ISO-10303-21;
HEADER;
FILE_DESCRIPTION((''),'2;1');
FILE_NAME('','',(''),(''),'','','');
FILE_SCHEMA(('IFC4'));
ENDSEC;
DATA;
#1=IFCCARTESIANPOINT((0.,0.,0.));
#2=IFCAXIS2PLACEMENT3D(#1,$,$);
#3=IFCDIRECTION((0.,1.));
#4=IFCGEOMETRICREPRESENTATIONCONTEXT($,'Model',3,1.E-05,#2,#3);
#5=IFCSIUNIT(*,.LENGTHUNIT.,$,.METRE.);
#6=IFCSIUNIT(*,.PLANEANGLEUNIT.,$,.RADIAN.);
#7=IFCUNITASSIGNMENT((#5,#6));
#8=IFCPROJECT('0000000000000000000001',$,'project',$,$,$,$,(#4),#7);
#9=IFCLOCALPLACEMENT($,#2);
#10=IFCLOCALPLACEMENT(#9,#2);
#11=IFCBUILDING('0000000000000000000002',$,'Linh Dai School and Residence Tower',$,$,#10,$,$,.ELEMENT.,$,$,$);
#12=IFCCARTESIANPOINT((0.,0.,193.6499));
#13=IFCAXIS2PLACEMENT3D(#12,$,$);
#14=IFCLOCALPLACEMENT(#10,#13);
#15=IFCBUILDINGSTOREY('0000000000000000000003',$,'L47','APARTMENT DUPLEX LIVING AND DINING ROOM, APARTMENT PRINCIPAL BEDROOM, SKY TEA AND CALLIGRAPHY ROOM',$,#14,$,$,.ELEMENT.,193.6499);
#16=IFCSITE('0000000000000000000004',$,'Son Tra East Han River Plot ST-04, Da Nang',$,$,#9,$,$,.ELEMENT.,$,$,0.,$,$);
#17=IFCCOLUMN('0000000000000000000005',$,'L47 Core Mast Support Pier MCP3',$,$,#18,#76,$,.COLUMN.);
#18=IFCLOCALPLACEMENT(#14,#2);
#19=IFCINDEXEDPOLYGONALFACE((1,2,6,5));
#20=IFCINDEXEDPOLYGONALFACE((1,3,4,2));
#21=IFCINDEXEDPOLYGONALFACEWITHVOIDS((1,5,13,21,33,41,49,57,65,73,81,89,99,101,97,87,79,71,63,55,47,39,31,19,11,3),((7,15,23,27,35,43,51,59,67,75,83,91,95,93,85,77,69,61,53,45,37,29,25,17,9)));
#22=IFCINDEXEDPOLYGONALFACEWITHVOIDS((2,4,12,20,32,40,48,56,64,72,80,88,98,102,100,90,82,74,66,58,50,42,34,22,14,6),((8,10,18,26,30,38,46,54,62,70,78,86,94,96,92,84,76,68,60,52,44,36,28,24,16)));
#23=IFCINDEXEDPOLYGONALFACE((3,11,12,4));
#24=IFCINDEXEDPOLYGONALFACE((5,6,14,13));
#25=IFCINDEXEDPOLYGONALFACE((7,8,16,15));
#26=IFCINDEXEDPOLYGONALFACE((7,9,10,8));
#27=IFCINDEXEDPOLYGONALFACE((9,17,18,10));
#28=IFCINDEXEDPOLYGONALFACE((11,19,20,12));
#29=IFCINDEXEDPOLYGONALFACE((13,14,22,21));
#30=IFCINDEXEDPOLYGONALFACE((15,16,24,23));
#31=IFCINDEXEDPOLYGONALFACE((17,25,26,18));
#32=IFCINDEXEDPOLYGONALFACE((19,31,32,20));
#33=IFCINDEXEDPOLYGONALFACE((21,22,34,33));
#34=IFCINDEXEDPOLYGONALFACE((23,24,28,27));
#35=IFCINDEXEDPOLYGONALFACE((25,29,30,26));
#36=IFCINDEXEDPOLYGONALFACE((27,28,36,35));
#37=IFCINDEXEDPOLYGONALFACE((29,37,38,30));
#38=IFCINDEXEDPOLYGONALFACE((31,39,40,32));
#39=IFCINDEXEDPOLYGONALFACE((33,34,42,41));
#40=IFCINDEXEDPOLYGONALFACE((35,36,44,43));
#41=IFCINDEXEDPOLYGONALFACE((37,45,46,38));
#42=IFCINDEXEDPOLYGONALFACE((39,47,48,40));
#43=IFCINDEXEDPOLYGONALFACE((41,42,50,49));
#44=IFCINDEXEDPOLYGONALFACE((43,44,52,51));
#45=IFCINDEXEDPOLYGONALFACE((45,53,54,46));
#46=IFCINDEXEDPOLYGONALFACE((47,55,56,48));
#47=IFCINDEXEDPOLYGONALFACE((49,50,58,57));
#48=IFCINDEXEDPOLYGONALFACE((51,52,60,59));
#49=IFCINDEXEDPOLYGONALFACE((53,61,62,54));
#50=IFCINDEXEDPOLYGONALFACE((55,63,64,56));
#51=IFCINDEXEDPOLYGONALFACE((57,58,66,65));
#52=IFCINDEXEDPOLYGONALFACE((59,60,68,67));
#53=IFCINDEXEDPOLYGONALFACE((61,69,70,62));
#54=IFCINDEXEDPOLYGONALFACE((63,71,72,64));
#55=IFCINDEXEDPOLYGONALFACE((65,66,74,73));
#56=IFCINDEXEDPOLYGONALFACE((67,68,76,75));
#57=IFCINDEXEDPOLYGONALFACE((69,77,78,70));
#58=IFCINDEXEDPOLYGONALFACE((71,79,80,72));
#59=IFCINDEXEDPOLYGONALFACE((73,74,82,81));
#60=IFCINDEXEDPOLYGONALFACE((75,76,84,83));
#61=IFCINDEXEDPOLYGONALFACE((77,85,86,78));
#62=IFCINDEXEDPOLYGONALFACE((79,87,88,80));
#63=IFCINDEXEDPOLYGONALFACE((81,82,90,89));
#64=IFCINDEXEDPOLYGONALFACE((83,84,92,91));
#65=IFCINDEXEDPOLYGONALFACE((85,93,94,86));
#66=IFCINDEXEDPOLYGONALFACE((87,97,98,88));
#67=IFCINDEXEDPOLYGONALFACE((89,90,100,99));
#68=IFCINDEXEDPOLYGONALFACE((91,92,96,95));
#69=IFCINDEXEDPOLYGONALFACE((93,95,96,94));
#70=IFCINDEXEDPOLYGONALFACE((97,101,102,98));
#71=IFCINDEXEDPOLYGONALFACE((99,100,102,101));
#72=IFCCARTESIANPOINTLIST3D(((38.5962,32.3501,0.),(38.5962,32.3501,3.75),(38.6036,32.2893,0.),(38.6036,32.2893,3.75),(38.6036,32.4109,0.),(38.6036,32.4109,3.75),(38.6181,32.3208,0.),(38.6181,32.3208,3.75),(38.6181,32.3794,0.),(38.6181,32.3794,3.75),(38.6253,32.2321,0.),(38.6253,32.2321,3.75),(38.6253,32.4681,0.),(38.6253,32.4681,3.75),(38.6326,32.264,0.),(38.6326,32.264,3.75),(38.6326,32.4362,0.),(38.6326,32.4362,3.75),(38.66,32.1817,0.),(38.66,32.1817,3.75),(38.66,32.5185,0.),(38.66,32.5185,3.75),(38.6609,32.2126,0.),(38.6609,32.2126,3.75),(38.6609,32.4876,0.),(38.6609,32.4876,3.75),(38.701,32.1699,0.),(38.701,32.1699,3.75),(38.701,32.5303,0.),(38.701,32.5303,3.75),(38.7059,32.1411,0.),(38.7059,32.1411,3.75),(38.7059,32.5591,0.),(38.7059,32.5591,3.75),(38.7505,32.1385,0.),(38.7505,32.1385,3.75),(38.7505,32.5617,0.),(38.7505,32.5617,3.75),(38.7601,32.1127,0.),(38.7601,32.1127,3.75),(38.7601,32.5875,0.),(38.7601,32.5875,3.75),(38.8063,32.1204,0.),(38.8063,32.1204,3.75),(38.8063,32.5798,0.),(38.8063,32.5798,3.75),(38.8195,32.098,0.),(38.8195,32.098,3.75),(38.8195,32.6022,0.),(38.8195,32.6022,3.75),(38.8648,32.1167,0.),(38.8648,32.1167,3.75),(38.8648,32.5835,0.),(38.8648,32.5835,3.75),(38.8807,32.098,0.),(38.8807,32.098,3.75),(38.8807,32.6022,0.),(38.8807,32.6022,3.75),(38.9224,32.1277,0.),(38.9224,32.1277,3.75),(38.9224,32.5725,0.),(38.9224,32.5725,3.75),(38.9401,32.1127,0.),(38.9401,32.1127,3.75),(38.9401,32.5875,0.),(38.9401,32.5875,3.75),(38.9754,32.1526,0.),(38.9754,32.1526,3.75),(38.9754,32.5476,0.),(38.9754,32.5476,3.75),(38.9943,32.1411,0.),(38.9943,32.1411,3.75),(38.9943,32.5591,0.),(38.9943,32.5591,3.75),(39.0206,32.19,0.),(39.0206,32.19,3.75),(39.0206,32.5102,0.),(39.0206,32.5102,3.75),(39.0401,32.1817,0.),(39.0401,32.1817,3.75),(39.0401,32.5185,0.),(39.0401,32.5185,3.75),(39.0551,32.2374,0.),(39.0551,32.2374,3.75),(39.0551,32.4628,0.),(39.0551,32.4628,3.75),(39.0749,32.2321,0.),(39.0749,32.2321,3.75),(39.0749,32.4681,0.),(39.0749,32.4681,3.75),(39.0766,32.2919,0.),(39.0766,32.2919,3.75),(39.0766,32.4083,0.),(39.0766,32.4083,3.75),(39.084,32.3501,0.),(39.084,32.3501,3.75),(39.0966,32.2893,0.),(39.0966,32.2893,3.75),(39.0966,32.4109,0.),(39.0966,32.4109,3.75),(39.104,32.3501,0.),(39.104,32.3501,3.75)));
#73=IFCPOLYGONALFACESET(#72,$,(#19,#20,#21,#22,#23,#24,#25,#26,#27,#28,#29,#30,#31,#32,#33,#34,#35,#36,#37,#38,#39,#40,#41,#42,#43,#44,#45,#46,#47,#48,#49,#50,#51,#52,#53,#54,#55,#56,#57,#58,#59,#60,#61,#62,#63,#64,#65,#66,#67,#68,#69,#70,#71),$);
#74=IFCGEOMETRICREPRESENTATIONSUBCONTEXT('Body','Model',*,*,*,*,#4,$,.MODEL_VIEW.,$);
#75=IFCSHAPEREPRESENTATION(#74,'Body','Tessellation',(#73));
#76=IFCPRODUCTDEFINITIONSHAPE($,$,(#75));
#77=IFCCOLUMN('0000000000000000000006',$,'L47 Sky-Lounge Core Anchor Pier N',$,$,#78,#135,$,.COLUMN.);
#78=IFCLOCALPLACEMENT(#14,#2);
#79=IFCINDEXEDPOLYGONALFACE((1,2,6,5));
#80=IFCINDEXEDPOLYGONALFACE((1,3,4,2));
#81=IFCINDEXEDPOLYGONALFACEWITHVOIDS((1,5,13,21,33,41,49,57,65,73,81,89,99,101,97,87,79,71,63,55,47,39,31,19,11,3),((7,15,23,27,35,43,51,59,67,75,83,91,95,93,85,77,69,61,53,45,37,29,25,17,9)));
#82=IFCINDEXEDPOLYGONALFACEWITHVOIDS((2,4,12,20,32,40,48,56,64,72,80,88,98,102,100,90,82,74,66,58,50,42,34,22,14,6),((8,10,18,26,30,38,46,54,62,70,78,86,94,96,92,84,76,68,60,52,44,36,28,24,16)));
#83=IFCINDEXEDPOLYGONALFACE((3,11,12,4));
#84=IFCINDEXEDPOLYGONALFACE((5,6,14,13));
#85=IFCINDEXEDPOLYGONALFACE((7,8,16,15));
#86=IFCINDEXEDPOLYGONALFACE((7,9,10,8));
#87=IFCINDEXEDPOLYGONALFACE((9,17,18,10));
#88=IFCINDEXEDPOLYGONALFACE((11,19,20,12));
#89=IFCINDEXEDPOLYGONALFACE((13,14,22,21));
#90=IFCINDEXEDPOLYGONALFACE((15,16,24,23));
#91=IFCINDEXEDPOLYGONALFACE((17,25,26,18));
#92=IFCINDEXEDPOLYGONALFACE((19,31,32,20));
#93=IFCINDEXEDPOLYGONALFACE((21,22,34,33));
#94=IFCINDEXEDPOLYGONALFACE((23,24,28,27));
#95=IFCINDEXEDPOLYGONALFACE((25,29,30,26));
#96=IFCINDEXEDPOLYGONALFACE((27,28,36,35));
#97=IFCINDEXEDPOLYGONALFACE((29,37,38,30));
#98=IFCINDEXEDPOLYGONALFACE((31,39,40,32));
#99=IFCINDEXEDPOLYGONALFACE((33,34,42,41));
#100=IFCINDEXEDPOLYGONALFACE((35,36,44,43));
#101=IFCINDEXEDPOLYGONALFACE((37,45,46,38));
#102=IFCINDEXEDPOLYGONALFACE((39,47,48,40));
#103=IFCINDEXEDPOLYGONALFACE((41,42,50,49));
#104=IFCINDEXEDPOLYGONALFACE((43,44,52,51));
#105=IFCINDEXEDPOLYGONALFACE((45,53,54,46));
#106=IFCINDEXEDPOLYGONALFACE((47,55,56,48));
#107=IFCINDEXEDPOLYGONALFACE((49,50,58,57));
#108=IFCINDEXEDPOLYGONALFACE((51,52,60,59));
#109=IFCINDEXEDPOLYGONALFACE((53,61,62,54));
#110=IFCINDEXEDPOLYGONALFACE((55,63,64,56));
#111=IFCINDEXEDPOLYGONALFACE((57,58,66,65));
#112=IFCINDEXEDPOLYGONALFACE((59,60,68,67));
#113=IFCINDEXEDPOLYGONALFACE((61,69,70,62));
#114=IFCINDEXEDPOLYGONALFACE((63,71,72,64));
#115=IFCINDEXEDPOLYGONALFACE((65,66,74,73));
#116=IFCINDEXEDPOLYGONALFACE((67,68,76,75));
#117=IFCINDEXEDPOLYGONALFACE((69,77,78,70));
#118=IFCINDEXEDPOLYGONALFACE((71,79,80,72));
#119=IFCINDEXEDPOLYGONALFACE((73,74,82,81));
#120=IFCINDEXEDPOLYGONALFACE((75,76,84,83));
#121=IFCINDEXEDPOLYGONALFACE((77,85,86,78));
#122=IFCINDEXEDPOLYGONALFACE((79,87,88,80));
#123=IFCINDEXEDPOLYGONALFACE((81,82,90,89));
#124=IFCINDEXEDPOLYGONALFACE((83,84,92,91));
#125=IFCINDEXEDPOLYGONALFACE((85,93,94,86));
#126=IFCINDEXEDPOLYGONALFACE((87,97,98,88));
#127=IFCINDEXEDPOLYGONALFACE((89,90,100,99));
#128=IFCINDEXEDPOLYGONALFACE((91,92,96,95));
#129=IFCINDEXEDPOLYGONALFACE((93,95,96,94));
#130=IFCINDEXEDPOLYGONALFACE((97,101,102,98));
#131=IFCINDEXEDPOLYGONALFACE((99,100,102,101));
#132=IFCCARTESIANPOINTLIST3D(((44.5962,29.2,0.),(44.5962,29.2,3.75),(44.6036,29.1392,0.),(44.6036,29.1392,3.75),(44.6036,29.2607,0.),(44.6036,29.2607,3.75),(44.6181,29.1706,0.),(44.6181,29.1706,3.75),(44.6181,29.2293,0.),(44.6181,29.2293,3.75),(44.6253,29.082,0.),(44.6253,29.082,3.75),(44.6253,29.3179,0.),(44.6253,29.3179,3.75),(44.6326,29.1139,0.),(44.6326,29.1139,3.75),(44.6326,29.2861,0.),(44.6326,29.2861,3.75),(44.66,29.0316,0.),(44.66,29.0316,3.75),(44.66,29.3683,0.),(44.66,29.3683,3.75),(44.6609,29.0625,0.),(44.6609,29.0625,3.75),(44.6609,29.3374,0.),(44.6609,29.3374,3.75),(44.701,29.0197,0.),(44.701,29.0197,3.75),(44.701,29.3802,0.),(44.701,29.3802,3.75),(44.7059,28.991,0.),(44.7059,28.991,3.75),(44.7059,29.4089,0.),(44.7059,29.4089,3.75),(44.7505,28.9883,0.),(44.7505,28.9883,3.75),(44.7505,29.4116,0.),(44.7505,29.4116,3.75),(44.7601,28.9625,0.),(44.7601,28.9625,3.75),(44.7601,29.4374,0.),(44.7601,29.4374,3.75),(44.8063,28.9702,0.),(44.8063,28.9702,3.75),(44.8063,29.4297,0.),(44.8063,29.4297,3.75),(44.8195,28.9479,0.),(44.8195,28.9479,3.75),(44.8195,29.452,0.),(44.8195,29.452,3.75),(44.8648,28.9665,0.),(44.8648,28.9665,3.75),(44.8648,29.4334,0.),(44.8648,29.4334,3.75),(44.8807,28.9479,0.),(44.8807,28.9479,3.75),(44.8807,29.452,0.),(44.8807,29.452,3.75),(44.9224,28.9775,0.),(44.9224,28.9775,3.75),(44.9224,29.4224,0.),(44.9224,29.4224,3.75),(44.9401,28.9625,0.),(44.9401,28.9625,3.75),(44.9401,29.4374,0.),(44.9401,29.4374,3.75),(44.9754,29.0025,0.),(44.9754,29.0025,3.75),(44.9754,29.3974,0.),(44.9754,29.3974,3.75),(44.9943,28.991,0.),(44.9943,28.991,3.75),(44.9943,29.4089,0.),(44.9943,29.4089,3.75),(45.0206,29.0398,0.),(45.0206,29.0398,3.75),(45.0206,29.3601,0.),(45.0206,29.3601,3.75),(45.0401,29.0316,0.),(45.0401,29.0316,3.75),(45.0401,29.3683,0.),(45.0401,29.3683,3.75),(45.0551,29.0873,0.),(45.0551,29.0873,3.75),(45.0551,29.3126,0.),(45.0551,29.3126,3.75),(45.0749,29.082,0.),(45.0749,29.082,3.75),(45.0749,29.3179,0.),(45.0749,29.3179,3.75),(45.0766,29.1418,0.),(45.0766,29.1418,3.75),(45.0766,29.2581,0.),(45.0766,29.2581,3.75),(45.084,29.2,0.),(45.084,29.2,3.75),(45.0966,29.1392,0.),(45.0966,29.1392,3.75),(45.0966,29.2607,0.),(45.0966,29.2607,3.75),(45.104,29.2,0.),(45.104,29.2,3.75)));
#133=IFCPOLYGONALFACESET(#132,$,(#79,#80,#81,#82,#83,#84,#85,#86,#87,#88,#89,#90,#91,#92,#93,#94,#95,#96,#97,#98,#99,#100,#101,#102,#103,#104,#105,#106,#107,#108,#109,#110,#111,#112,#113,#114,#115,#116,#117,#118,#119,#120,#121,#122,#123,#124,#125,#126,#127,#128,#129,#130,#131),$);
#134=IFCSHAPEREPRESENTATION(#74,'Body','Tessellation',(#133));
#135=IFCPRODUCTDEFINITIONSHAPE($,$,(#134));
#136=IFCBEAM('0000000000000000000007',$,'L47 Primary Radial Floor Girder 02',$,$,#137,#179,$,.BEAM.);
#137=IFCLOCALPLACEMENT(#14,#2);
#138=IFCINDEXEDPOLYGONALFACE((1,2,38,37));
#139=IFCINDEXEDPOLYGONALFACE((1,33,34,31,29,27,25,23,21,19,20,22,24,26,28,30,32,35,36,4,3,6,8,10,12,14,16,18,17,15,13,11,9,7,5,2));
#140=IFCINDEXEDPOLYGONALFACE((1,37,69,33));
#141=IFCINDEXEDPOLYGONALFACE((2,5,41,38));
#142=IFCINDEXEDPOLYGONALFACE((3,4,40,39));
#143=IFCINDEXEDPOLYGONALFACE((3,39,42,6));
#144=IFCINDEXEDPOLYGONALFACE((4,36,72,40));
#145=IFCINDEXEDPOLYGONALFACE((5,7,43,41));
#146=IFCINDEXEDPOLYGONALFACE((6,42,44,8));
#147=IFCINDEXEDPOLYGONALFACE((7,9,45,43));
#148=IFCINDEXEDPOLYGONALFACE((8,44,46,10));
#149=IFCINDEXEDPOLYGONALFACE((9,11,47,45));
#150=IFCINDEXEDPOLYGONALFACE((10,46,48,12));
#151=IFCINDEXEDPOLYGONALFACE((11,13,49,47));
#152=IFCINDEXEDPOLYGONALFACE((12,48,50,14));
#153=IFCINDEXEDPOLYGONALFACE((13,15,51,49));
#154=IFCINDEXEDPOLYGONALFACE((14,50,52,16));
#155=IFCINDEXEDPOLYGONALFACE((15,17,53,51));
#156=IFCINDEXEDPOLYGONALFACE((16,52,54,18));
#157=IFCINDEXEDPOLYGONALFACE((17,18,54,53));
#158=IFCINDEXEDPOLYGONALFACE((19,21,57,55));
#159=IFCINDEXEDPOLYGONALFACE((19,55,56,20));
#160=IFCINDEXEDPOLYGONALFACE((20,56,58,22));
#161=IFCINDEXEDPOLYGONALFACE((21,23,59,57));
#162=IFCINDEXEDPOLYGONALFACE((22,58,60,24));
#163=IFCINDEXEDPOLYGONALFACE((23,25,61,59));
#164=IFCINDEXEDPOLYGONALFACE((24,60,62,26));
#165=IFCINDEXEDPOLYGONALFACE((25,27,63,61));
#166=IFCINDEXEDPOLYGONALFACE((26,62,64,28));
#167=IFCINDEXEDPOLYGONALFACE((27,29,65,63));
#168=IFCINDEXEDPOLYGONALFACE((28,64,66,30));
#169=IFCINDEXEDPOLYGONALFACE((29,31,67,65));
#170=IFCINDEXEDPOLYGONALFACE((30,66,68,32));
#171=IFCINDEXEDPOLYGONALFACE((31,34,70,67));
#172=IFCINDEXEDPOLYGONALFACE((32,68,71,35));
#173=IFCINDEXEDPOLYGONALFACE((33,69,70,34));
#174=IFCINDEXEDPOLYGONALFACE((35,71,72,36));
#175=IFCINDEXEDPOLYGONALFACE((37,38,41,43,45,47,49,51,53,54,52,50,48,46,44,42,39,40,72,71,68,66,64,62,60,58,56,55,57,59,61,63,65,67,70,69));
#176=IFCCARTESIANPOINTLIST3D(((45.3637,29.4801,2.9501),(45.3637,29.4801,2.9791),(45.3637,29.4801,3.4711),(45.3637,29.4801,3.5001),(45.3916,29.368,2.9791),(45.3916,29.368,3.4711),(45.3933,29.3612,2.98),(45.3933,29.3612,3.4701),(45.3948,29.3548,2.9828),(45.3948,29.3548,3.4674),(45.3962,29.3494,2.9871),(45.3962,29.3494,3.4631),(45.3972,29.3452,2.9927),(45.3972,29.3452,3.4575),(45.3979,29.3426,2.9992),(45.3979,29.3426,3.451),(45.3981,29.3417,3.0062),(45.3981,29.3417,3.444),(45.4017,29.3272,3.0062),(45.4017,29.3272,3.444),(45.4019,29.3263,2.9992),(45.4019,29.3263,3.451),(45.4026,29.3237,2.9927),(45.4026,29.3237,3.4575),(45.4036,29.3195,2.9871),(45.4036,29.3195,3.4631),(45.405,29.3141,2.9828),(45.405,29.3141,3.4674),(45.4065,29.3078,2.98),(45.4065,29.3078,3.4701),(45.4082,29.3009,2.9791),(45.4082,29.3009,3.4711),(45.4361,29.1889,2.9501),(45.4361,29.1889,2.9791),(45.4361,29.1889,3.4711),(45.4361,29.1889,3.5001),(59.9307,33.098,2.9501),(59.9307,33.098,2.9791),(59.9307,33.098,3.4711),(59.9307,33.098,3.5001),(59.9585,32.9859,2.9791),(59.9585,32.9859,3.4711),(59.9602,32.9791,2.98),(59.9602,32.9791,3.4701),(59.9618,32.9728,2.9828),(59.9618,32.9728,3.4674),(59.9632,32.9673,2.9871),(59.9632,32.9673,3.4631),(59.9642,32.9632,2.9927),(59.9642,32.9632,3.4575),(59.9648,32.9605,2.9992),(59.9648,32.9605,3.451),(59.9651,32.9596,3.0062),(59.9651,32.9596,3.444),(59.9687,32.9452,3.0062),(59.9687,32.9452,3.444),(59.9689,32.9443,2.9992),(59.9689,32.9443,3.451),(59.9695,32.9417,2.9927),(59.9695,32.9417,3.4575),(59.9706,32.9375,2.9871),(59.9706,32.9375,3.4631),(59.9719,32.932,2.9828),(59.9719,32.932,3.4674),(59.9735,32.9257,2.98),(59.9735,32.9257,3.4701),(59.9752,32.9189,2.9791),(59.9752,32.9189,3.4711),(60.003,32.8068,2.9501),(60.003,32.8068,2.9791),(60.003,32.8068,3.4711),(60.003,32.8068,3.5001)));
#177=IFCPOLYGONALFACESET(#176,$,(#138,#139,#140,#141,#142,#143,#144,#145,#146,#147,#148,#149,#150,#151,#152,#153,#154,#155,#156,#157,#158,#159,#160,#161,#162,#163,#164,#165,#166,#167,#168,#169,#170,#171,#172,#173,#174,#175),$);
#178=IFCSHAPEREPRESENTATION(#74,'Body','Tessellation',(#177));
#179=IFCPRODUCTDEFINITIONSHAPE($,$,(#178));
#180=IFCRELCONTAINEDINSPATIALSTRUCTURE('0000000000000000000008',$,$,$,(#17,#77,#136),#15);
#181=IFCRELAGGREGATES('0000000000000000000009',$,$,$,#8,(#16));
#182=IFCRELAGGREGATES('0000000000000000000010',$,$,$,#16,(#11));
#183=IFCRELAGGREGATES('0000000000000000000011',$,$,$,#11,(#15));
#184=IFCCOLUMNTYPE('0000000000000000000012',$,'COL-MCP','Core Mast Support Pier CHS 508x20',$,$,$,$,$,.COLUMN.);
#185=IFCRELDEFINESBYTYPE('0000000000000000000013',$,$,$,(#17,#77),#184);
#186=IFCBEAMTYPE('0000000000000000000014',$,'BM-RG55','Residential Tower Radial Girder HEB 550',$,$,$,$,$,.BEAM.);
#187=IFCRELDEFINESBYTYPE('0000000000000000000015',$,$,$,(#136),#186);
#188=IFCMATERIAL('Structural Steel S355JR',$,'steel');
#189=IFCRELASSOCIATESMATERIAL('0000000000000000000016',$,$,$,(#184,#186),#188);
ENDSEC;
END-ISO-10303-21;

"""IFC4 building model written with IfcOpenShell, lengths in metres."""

from ifc_helpers import new_model, si_unit, direction, frame, origin, origin_2d, place, context, subcontext, project, spatial, hollow_circle, i_section, extrude, material, material_profile, profile_set, type_object, element, save


model = new_model("IFC4")

# Units and contexts
model_context = context("Model", 3, precision=1e-05, world=origin(), true_north=direction((0.0, 1.0)))
body_context = subcontext(model_context, "Body", "Model", "MODEL_VIEW")
ifc_project = project(units=[si_unit("LENGTHUNIT", "METRE"), si_unit("PLANEANGLEUNIT", "RADIAN")], contexts=[model_context])

# Site, building, storey
site_placement = place(None, origin())
site = spatial("IfcSite", under=ifc_project, at=site_placement, Name="Son Tra East Han River Plot ST-04, Da Nang", CompositionType="ELEMENT", RefElevation=0.0)
building_placement = place(site_placement, origin())
building = spatial("IfcBuilding", under=site, at=building_placement, Name="Linh Dai School and Residence Tower", CompositionType="ELEMENT")
storey_placement = place(building_placement, frame((0.0, 0.0, 193.6499)))
storey = spatial("IfcBuildingStorey", under=building, at=storey_placement, Name="L47", Description="APARTMENT DUPLEX LIVING AND DINING ROOM, APARTMENT PRINCIPAL BEDROOM, SKY TEA AND CALLIGRAPHY ROOM", CompositionType="ELEMENT", Elevation=193.6499)

# Columns
ifc_material_1 = material(Name="Structural Steel S355JR", Category="steel")
ifc_material_profile_1 = material_profile(ifc_material_1, hollow_circle(Radius=0.2539, WallThickness=0.02, at=origin_2d()), Name="CHS 508x20")
ifc_profile_set_1 = profile_set([ifc_material_profile_1], Name="Structural Steel S355JR")
column_type_1 = type_object("IfcColumnType", Name="COL-MCP", Description="Core Mast Support Pier CHS 508x20", PredefinedType="COLUMN", material=ifc_profile_set_1)
for number, where, z_axis, x_axis, name in (
    (1, (38.8501, 32.3501, 0.0), (0.0, 0.0, 1.0), (1.0, 0.0, 0.0), "L47 Core Mast Support Pier MCP3"),
    (2, (44.8501, 29.2, 0.0), (0.0, 0.0, 1.0), (1.0, 0.0, 0.0), "L47 Sky-Lounge Core Anchor Pier N"),
):
    element("IfcColumn", number, at=place(storey_placement, frame(where, z_axis=z_axis, x_axis=x_axis)), inside=storey, type_object=column_type_1, Name=name, PredefinedType="COLUMN", context=body_context, shape_type="SweptSolid", body=[
        extrude(hollow_circle(Radius=0.2539, WallThickness=0.02, at=origin_2d()), origin(), (0.0, 0.0, 1.0), 3.75),
    ])

# Beam
ifc_material_profile_2 = material_profile(ifc_material_1, i_section(OverallWidth=0.3, OverallDepth=0.55, WebThickness=0.0149, FlangeThickness=0.0291, FilletRadius=0.0271, at=origin_2d()), Name="HEB 550")
ifc_profile_set_2 = profile_set([ifc_material_profile_2], Name="Structural Steel S355JR")
beam_type_1 = type_object("IfcBeamType", Name="BM-RG55", Description="Residential Tower Radial Girder HEB 550", PredefinedType="BEAM", material=ifc_profile_set_2)
beam_1_placement = place(storey_placement, frame((45.3999, 29.3345, 3.2251), z_axis=(0.970515, 0.241043, 0.0), x_axis=(-0.241043, 0.970515, 0.0)))
element("IfcBeam", 3, at=beam_1_placement, inside=storey, type_object=beam_type_1, Name="L47 Primary Radial Floor Girder 02", PredefinedType="BEAM", context=body_context, shape_type="SweptSolid", body=[
    extrude(i_section(OverallWidth=0.3, OverallDepth=0.55, WebThickness=0.0149, FlangeThickness=0.0291, FilletRadius=0.0271, at=origin_2d()), origin(), (0.0, 0.0, 1.0), 15.0095),
])

save(model, "model.ifc")
